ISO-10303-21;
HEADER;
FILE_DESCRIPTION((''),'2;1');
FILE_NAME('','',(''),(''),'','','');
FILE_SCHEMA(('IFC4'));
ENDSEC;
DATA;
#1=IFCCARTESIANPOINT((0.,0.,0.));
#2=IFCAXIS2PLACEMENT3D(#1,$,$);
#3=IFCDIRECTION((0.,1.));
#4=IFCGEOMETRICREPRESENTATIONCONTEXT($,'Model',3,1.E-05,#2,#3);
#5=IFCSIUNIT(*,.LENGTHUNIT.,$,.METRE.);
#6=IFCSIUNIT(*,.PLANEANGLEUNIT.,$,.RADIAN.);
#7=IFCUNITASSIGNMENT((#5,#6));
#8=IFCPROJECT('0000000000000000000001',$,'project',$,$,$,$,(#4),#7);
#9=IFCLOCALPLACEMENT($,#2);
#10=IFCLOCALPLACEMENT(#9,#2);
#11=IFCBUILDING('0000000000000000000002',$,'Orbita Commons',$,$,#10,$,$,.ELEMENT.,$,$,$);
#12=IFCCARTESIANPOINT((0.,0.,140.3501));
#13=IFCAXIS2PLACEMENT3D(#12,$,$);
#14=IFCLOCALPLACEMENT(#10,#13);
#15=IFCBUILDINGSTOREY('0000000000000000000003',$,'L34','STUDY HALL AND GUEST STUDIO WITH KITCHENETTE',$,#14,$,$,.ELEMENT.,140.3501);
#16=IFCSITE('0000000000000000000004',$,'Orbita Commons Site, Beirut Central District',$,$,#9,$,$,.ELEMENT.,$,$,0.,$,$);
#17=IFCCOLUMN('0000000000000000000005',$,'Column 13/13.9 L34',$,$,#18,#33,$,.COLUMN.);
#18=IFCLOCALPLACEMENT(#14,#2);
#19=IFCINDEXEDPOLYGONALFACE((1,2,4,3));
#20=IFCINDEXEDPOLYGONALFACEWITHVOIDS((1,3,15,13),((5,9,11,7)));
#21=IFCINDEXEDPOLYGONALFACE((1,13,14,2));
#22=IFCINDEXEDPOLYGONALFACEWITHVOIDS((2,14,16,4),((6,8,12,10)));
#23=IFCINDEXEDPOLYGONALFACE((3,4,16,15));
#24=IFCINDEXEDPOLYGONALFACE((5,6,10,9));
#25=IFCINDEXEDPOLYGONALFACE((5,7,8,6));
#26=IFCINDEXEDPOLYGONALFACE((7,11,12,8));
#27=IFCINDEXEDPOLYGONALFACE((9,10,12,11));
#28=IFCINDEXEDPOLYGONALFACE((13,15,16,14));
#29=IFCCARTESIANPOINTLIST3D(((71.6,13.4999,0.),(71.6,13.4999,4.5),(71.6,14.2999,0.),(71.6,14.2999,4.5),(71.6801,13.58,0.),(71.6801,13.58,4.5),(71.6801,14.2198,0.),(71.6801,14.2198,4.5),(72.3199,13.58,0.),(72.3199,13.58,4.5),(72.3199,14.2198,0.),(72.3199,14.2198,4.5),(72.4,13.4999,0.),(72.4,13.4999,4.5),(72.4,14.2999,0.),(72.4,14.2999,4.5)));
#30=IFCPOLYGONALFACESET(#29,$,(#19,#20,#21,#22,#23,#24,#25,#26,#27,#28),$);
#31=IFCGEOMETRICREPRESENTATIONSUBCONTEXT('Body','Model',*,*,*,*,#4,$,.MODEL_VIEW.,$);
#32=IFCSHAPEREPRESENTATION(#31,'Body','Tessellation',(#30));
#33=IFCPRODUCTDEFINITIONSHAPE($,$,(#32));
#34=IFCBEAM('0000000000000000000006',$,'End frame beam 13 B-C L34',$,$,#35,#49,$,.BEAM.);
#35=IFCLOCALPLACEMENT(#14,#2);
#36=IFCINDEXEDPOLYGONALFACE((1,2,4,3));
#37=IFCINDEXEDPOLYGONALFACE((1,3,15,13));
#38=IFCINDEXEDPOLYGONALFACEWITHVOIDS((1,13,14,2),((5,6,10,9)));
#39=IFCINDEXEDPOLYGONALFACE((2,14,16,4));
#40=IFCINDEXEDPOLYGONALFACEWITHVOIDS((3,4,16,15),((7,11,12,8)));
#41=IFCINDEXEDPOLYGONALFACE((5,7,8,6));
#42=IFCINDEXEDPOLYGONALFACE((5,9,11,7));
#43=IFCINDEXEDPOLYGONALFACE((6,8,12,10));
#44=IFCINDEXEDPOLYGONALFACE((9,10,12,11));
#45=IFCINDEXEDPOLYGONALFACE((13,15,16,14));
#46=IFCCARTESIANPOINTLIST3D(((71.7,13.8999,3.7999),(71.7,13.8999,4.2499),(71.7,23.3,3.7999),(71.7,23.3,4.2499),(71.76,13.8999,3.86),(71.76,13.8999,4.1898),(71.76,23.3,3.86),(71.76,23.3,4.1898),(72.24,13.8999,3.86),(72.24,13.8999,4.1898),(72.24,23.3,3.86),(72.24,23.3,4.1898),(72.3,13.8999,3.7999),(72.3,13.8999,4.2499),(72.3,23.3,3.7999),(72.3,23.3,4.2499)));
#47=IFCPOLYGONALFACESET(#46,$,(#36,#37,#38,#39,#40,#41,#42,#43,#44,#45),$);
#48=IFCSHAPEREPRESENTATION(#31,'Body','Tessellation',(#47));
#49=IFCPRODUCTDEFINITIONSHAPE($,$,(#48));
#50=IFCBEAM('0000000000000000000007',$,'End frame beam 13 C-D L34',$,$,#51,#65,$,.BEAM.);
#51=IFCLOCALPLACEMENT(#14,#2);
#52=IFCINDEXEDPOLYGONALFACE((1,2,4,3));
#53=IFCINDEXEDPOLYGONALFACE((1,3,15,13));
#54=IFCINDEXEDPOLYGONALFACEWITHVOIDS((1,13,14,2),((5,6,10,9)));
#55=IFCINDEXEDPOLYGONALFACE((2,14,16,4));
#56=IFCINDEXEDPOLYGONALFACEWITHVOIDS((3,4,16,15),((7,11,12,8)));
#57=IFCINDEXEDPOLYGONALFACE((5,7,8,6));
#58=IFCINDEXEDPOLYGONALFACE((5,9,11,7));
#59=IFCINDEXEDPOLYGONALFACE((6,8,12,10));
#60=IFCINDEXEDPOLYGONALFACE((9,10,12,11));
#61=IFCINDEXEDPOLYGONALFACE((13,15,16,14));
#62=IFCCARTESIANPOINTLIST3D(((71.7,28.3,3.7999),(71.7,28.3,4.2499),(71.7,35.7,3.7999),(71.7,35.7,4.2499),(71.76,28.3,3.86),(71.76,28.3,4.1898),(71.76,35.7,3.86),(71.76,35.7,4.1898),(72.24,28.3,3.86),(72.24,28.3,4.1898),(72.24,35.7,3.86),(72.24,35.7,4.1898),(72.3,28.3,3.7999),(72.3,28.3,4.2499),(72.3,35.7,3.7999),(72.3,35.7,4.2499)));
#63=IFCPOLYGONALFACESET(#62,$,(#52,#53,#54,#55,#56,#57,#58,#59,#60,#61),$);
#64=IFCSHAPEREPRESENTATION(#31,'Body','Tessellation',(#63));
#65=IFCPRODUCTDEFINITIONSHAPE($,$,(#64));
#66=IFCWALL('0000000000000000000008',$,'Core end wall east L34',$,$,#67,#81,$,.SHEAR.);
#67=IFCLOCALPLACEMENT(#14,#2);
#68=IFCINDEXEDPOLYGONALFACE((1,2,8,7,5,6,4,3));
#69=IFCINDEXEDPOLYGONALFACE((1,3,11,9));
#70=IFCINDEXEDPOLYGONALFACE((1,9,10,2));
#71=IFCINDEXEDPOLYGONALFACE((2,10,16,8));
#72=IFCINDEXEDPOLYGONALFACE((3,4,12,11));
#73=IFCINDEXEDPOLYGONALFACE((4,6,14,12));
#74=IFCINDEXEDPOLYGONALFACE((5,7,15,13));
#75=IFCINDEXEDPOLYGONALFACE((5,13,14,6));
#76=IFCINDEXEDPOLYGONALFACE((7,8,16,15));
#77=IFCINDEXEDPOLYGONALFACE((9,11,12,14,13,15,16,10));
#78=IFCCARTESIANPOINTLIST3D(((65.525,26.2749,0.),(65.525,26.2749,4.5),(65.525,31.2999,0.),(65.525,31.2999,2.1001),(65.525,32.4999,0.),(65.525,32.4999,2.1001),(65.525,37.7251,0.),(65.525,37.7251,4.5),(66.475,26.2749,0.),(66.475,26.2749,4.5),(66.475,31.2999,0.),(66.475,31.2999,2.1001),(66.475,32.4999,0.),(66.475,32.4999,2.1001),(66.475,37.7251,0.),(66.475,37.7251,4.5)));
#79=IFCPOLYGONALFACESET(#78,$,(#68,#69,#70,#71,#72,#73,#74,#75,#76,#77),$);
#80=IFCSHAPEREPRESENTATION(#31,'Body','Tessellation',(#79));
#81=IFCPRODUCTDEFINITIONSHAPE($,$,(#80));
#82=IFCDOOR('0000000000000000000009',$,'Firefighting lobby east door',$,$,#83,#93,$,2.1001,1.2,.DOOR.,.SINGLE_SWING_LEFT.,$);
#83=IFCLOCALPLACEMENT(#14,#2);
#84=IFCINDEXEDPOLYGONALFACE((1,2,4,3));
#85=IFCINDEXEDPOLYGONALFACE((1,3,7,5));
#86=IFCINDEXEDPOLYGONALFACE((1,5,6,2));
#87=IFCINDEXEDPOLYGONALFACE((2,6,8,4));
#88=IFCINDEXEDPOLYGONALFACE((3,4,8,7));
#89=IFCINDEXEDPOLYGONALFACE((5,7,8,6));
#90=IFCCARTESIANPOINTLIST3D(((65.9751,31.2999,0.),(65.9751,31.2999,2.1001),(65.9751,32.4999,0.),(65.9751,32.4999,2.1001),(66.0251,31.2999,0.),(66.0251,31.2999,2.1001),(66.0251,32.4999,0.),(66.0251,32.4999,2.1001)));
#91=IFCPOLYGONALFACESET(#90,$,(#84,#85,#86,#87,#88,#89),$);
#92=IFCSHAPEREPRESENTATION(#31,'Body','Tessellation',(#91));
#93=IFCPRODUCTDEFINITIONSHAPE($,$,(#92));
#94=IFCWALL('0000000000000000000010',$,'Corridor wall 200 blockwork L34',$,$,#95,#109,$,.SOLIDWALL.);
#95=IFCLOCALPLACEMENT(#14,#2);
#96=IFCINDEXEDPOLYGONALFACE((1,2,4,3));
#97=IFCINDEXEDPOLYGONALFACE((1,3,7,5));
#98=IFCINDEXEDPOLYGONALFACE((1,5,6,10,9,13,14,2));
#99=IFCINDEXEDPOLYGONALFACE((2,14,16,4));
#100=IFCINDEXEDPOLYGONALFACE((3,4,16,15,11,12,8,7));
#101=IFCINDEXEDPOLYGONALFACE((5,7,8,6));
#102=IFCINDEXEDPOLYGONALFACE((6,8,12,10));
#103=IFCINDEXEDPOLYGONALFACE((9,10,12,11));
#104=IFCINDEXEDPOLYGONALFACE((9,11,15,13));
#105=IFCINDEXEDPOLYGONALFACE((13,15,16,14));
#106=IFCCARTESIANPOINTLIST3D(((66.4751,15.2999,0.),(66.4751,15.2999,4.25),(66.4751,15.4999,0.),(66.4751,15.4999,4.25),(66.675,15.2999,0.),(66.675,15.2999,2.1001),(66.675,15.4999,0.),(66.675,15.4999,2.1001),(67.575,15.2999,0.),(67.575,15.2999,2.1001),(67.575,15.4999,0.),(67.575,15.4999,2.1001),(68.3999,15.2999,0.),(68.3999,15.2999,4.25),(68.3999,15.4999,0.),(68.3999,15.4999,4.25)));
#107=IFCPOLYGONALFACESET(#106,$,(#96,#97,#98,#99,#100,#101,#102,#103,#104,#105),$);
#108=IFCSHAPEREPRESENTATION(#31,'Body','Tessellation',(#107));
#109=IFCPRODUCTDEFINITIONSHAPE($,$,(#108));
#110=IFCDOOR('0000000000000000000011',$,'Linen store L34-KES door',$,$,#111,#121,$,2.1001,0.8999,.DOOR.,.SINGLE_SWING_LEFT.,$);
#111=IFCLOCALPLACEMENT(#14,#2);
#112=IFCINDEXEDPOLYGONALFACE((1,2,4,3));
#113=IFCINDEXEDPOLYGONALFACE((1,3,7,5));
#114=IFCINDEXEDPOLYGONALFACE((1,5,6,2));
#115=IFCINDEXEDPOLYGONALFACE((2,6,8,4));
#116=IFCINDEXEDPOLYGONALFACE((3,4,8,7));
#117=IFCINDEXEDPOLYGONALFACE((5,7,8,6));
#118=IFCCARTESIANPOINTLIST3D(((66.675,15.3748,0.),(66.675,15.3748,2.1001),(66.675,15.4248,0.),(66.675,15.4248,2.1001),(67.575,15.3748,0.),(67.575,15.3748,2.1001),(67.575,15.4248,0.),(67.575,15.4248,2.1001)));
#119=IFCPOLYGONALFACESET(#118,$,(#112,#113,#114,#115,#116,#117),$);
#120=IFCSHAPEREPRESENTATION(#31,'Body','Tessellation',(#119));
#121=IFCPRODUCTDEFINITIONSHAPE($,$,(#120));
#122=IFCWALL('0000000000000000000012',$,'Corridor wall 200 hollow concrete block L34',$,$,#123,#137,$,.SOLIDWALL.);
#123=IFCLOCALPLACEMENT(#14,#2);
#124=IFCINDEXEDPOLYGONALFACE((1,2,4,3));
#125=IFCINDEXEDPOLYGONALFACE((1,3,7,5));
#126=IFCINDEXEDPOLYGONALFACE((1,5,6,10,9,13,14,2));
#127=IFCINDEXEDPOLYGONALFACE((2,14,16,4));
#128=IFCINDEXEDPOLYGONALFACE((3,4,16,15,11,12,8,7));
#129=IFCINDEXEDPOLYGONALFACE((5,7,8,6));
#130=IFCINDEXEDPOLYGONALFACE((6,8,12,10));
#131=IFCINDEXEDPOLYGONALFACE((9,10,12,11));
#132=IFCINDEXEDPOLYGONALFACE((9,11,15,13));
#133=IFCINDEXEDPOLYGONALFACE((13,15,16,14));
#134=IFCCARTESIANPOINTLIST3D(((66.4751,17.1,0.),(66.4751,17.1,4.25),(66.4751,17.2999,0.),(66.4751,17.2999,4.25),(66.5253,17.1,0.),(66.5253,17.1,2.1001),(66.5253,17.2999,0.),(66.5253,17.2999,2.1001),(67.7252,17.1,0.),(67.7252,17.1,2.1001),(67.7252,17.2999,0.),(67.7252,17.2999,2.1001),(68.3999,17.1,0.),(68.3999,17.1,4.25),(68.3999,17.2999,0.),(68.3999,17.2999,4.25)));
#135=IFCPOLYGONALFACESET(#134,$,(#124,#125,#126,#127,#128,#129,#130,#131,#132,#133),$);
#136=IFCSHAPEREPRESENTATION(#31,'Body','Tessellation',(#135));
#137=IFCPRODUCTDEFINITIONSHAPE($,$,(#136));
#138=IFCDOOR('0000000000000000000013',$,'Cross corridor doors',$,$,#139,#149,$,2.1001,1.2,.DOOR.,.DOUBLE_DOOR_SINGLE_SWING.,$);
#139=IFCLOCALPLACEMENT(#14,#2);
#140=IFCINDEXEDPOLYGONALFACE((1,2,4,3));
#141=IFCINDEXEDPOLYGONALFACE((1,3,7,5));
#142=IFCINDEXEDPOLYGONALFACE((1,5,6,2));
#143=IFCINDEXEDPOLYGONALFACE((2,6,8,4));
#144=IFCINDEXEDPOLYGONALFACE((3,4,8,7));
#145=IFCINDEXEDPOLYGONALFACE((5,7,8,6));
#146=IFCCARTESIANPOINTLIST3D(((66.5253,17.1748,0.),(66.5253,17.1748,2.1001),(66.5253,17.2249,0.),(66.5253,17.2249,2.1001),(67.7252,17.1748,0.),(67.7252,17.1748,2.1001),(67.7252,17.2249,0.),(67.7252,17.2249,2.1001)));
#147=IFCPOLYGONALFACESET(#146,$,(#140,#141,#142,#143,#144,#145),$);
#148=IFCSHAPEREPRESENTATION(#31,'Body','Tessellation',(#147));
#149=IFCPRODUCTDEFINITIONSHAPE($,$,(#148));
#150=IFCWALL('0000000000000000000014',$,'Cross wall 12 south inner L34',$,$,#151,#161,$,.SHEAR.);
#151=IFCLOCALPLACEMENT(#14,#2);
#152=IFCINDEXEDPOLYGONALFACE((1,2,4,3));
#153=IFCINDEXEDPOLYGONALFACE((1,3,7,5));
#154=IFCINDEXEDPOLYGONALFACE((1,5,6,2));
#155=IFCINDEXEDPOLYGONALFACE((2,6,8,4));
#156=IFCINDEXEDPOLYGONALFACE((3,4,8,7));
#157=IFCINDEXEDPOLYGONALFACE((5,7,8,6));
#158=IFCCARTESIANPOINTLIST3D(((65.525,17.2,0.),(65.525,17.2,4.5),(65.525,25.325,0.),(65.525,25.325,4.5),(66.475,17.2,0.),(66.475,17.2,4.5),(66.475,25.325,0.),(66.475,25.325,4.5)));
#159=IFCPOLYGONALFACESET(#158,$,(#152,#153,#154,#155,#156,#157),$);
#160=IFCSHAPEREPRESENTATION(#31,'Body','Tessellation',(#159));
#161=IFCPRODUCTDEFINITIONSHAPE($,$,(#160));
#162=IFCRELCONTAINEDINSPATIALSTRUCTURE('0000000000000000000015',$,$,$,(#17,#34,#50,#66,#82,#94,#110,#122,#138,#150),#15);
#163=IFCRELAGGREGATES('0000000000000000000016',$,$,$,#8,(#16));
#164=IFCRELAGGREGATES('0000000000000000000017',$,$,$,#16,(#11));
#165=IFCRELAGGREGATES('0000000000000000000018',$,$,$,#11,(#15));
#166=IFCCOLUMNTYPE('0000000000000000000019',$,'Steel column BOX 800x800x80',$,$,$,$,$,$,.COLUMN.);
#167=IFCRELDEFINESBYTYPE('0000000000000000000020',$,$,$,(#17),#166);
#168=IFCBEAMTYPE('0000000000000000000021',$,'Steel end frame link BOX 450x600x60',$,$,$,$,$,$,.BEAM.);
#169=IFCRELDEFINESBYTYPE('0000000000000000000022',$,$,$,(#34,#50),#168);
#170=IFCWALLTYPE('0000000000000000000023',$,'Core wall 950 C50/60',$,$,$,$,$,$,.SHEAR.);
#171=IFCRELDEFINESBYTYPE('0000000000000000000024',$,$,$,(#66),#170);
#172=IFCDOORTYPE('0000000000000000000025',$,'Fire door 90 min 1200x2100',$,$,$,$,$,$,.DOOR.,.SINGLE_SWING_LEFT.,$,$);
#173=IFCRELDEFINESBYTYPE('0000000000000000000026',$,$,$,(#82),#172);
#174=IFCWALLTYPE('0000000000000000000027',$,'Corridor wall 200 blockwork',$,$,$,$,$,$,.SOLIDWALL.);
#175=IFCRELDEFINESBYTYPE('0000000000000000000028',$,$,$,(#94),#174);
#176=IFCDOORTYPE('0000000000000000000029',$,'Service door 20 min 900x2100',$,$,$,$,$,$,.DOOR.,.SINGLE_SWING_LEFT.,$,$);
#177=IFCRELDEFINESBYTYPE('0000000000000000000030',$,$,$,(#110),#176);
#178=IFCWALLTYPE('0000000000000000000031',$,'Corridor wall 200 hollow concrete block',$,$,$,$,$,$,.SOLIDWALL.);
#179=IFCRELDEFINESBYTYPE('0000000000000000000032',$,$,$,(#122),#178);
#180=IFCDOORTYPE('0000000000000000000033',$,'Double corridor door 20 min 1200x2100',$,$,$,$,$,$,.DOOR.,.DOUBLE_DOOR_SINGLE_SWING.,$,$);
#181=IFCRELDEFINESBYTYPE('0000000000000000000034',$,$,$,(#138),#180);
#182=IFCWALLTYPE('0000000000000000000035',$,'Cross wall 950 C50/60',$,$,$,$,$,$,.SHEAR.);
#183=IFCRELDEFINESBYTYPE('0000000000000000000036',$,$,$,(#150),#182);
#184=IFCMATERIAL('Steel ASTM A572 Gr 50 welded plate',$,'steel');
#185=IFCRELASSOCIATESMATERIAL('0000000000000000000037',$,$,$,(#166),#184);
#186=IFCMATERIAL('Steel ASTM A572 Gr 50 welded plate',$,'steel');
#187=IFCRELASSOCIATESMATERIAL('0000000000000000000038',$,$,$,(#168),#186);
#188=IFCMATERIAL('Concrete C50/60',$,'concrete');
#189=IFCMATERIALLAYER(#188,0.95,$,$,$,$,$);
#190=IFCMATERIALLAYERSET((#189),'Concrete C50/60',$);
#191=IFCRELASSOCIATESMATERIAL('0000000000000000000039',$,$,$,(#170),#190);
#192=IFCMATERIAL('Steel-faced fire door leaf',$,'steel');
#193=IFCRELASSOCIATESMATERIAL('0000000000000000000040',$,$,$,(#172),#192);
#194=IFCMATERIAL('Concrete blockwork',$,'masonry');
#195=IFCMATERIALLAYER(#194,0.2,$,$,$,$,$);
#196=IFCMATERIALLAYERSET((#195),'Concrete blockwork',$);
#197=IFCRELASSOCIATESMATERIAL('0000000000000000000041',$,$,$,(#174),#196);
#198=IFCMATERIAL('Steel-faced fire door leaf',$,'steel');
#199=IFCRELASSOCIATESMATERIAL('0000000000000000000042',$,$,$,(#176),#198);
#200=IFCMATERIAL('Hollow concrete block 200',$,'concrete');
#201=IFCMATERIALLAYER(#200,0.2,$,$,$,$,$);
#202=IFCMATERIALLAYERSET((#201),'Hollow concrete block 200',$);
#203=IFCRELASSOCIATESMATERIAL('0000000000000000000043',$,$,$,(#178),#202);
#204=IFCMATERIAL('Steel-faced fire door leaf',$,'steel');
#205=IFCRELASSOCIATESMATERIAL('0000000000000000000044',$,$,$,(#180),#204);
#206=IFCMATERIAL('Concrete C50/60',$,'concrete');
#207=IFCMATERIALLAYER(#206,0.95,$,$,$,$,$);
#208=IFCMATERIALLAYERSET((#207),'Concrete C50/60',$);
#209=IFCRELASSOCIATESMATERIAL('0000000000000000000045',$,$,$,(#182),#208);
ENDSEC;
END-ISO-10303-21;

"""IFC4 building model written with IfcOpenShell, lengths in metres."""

from ifc_helpers import new_model, si_unit, direction, frame, frame_2d, origin, origin_2d, place, context, subcontext, project, spatial, rectangle, hollow_rectangle, extrude, material, layer, layer_set, material_profile, profile_set, type_object, element, fill, save


model = new_model("IFC4")

# Units and contexts
model_context = context("Model", 3, precision=1e-05, world=origin(), true_north=direction((0.0, 1.0)))
body_context = subcontext(model_context, "Body", "Model", "MODEL_VIEW")
ifc_project = project(units=[si_unit("LENGTHUNIT", "METRE"), si_unit("PLANEANGLEUNIT", "RADIAN")], contexts=[model_context])

# Site, building, storey
site_placement = place(None, origin())
site = spatial("IfcSite", under=ifc_project, at=site_placement, Name="Orbita Commons Site, Beirut Central District", CompositionType="ELEMENT", RefElevation=0.0)
building_placement = place(site_placement, origin())
building = spatial("IfcBuilding", under=site, at=building_placement, Name="Orbita Commons", CompositionType="ELEMENT")
storey_placement = place(building_placement, frame((0.0, 0.0, 140.3501)))
storey = spatial("IfcBuildingStorey", under=building, at=storey_placement, Name="L34", Description="STUDY HALL AND GUEST STUDIO WITH KITCHENETTE", CompositionType="ELEMENT", Elevation=140.3501)

# Column
ifc_material_1 = material(Name="Steel ASTM A572 Gr 50 welded plate", Category="steel")
ifc_material_profile_1 = material_profile(ifc_material_1, hollow_rectangle(XDim=0.8, YDim=0.8, WallThickness=0.0801, at=origin_2d()), Name="BOX 800x800x80")
ifc_profile_set_1 = profile_set([ifc_material_profile_1], Name="Steel ASTM A572 Gr 50 welded plate")
column_type = type_object("IfcColumnType", Name="Steel column BOX 800x800x80", PredefinedType="COLUMN", material=ifc_profile_set_1)
column_placement = place(storey_placement, frame((72.0, 13.8999, 0.0), z_axis=(0.0, 0.0, 1.0), x_axis=(1.0, 0.0, 0.0)))
element("IfcColumn", 1, at=column_placement, inside=storey, type_object=column_type, Name="Column 13/13.9 L34", PredefinedType="COLUMN", context=body_context, shape_type="SweptSolid", body=[
    extrude(hollow_rectangle(XDim=0.8, YDim=0.8, WallThickness=0.0801, at=origin_2d()), origin(), (0.0, 0.0, 1.0), 4.5),
])

# Beams
ifc_material_2 = material(Name="Steel ASTM A572 Gr 50 welded plate", Category="steel")
ifc_material_profile_2 = material_profile(ifc_material_2, hollow_rectangle(XDim=0.6001, YDim=0.45, WallThickness=0.0601, at=origin_2d()), Name="BOX 450x600x60")
ifc_profile_set_2 = profile_set([ifc_material_profile_2], Name="Steel ASTM A572 Gr 50 welded plate")
beam_type = type_object("IfcBeamType", Name="Steel end frame link BOX 450x600x60", PredefinedType="BEAM", material=ifc_profile_set_2)
beam_1_placement = place(storey_placement, frame((72.0, 13.8999, 4.0249), z_axis=(0.0, 1.0, 0.0), x_axis=(-1.0, 0.0, 0.0)))
element("IfcBeam", 2, at=beam_1_placement, inside=storey, type_object=beam_type, Name="End frame beam 13 B-C L34", PredefinedType="BEAM", context=body_context, shape_type="SweptSolid", body=[
    extrude(hollow_rectangle(XDim=0.6001, YDim=0.45, WallThickness=0.0601, at=origin_2d()), origin(), (0.0, 0.0, 1.0), 9.4001),
])
beam_2_placement = place(storey_placement, frame((72.0, 28.3, 4.0249), z_axis=(0.0, 1.0, 0.0), x_axis=(-1.0, 0.0, 0.0)))
element("IfcBeam", 3, at=beam_2_placement, inside=storey, type_object=beam_type, Name="End frame beam 13 C-D L34", PredefinedType="BEAM", context=body_context, shape_type="SweptSolid", body=[
    extrude(hollow_rectangle(XDim=0.6001, YDim=0.45, WallThickness=0.0601, at=origin_2d()), origin(), (0.0, 0.0, 1.0), 7.3999),
])

# Walls, openings, doors
ifc_material_3 = material(Name="Concrete C50/60", Category="concrete")
ifc_layer_1 = layer(ifc_material_3, 0.95)
ifc_layer_set_1 = layer_set([ifc_layer_1], Name="Concrete C50/60")
wall_type_1 = type_object("IfcWallType", Name="Core wall 950 C50/60", PredefinedType="SHEAR", material=ifc_layer_set_1)
wall_1_placement = place(storey_placement, frame((66.0, 26.2749, 0.0), z_axis=(0.0, 0.0, 1.0), x_axis=(0.0, 1.0, 0.0)))
wall_1 = element("IfcWall", 4, at=wall_1_placement, inside=storey, type_object=wall_type_1, Name="Core end wall east L34", PredefinedType="SHEAR", context=body_context, shape_type="SweptSolid", body=[
    extrude(rectangle(XDim=11.4502, YDim=0.95, at=frame_2d((5.7251, 0.0))), origin(), (0.0, 0.0, 1.0), 4.5),
])
opening_1_placement = place(wall_1_placement, frame((5.0249, 0.0, 0.0)))
opening_1 = element("IfcOpeningElement", 5, at=opening_1_placement, cuts=wall_1, PredefinedType="OPENING", context=body_context, shape_type="SweptSolid", body=[
    extrude(rectangle(XDim=1.2, YDim=2.1001, at=frame_2d((0.6001, 1.05))), frame((0.0, 0.4849, 0.0), z_axis=(0.0, -1.0, 0.0), x_axis=(1.0, 0.0, 0.0)), (0.0, 0.0, 1.0), 0.97),
])
ifc_material_4 = material(Name="Steel-faced fire door leaf", Category="steel")
door_type_1 = type_object("IfcDoorType", Name="Fire door 90 min 1200x2100", OperationType="SINGLE_SWING_LEFT", PredefinedType="DOOR", material=ifc_material_4)
door_1_placement = place(opening_1_placement, origin())
door_1 = element("IfcDoor", 6, at=door_1_placement, inside=storey, type_object=door_type_1, Name="Firefighting lobby east door", OperationType="SINGLE_SWING_LEFT", OverallHeight=2.1001, OverallWidth=1.2, PredefinedType="DOOR", context=body_context, shape_type="SweptSolid", body=[
    extrude(rectangle(XDim=1.2, YDim=2.1001, at=frame_2d((0.6001, 1.05))), frame((0.0, 0.0249, 0.0), z_axis=(0.0, -1.0, 0.0), x_axis=(1.0, 0.0, 0.0)), (0.0, 0.0, 1.0), 0.05),
])
fill(opening_1, door_1)
ifc_material_5 = material(Name="Concrete blockwork", Category="masonry")
ifc_layer_2 = layer(ifc_material_5, 0.2)
ifc_layer_set_2 = layer_set([ifc_layer_2], Name="Concrete blockwork")
wall_type_2 = type_object("IfcWallType", Name="Corridor wall 200 blockwork", PredefinedType="SOLIDWALL", material=ifc_layer_set_2)
wall_2_placement = place(storey_placement, frame((66.4751, 15.3999, 0.0), z_axis=(0.0, 0.0, 1.0), x_axis=(1.0, 0.0, 0.0)))
wall_2 = element("IfcWall", 7, at=wall_2_placement, inside=storey, type_object=wall_type_2, Name="Corridor wall 200 blockwork L34", PredefinedType="SOLIDWALL", context=body_context, shape_type="SweptSolid", body=[
    extrude(rectangle(XDim=1.9248, YDim=0.2, at=frame_2d((0.9624, 0.0))), origin(), (0.0, 0.0, 1.0), 4.25),
])
opening_2_placement = place(wall_2_placement, frame((0.2, 0.0, 0.0)))
opening_2 = element("IfcOpeningElement", 8, at=opening_2_placement, cuts=wall_2, PredefinedType="OPENING", context=body_context, shape_type="SweptSolid", body=[
    extrude(rectangle(XDim=0.8999, YDim=2.1001, at=frame_2d((0.45, 1.05))), frame((0.0, 0.1099, 0.0), z_axis=(0.0, -1.0, 0.0), x_axis=(1.0, 0.0, 0.0)), (0.0, 0.0, 1.0), 0.22),
])
ifc_material_6 = material(Name="Steel-faced fire door leaf", Category="steel")
door_type_2 = type_object("IfcDoorType", Name="Service door 20 min 900x2100", OperationType="SINGLE_SWING_LEFT", PredefinedType="DOOR", material=ifc_material_6)
door_2_placement = place(opening_2_placement, origin())
door_2 = element("IfcDoor", 9, at=door_2_placement, inside=storey, type_object=door_type_2, Name="Linen store L34-KES door", OperationType="SINGLE_SWING_LEFT", OverallHeight=2.1001, OverallWidth=0.8999, PredefinedType="DOOR", context=body_context, shape_type="SweptSolid", body=[
    extrude(rectangle(XDim=0.8999, YDim=2.1001, at=frame_2d((0.45, 1.05))), frame((0.0, 0.0249, 0.0), z_axis=(0.0, -1.0, 0.0), x_axis=(1.0, 0.0, 0.0)), (0.0, 0.0, 1.0), 0.05),
])
fill(opening_2, door_2)
ifc_material_7 = material(Name="Hollow concrete block 200", Category="concrete")
ifc_layer_3 = layer(ifc_material_7, 0.2)
ifc_layer_set_3 = layer_set([ifc_layer_3], Name="Hollow concrete block 200")
wall_type_3 = type_object("IfcWallType", Name="Corridor wall 200 hollow concrete block", PredefinedType="SOLIDWALL", material=ifc_layer_set_3)
wall_3_placement = place(storey_placement, frame((66.4751, 17.2, 0.0), z_axis=(0.0, 0.0, 1.0), x_axis=(1.0, 0.0, 0.0)))
wall_3 = element("IfcWall", 10, at=wall_3_placement, inside=storey, type_object=wall_type_3, Name="Corridor wall 200 hollow concrete block L34", PredefinedType="SOLIDWALL", context=body_context, shape_type="SweptSolid", body=[
    extrude(rectangle(XDim=1.9248, YDim=0.2, at=frame_2d((0.9624, 0.0))), origin(), (0.0, 0.0, 1.0), 4.25),
])
opening_3_placement = place(wall_3_placement, frame((0.05, 0.0, 0.0)))
opening_3 = element("IfcOpeningElement", 11, at=opening_3_placement, cuts=wall_3, PredefinedType="OPENING", context=body_context, shape_type="SweptSolid", body=[
    extrude(rectangle(XDim=1.2, YDim=2.1001, at=frame_2d((0.6001, 1.05))), frame((0.0, 0.1099, 0.0), z_axis=(0.0, -1.0, 0.0), x_axis=(1.0, 0.0, 0.0)), (0.0, 0.0, 1.0), 0.22),
])
ifc_material_8 = material(Name="Steel-faced fire door leaf", Category="steel")
door_type_3 = type_object("IfcDoorType", Name="Double corridor door 20 min 1200x2100", OperationType="DOUBLE_DOOR_SINGLE_SWING", PredefinedType="DOOR", material=ifc_material_8)
door_3_placement = place(opening_3_placement, origin())
door_3 = element("IfcDoor", 12, at=door_3_placement, inside=storey, type_object=door_type_3, Name="Cross corridor doors", OperationType="DOUBLE_DOOR_SINGLE_SWING", OverallHeight=2.1001, OverallWidth=1.2, PredefinedType="DOOR", context=body_context, shape_type="SweptSolid", body=[
    extrude(rectangle(XDim=1.2, YDim=2.1001, at=frame_2d((0.6001, 1.05))), frame((0.0, 0.0249, 0.0), z_axis=(0.0, -1.0, 0.0), x_axis=(1.0, 0.0, 0.0)), (0.0, 0.0, 1.0), 0.05),
])
fill(opening_3, door_3)

# Wall
ifc_material_9 = material(Name="Concrete C50/60", Category="concrete")
ifc_layer_4 = layer(ifc_material_9, 0.95)
ifc_layer_set_4 = layer_set([ifc_layer_4], Name="Concrete C50/60")
wall_type_4 = type_object("IfcWallType", Name="Cross wall 950 C50/60", PredefinedType="SHEAR", material=ifc_layer_set_4)
wall_4_placement = place(storey_placement, frame((66.0, 17.2, 0.0), z_axis=(0.0, 0.0, 1.0), x_axis=(0.0, 1.0, 0.0)))
element("IfcWall", 13, at=wall_4_placement, inside=storey, type_object=wall_type_4, Name="Cross wall 12 south inner L34", PredefinedType="SHEAR", context=body_context, shape_type="SweptSolid", body=[
    extrude(rectangle(XDim=8.125, YDim=0.95, at=frame_2d((4.0625, 0.0))), origin(), (0.0, 0.0, 1.0), 4.5),
])

save(model, "model.ifc")
